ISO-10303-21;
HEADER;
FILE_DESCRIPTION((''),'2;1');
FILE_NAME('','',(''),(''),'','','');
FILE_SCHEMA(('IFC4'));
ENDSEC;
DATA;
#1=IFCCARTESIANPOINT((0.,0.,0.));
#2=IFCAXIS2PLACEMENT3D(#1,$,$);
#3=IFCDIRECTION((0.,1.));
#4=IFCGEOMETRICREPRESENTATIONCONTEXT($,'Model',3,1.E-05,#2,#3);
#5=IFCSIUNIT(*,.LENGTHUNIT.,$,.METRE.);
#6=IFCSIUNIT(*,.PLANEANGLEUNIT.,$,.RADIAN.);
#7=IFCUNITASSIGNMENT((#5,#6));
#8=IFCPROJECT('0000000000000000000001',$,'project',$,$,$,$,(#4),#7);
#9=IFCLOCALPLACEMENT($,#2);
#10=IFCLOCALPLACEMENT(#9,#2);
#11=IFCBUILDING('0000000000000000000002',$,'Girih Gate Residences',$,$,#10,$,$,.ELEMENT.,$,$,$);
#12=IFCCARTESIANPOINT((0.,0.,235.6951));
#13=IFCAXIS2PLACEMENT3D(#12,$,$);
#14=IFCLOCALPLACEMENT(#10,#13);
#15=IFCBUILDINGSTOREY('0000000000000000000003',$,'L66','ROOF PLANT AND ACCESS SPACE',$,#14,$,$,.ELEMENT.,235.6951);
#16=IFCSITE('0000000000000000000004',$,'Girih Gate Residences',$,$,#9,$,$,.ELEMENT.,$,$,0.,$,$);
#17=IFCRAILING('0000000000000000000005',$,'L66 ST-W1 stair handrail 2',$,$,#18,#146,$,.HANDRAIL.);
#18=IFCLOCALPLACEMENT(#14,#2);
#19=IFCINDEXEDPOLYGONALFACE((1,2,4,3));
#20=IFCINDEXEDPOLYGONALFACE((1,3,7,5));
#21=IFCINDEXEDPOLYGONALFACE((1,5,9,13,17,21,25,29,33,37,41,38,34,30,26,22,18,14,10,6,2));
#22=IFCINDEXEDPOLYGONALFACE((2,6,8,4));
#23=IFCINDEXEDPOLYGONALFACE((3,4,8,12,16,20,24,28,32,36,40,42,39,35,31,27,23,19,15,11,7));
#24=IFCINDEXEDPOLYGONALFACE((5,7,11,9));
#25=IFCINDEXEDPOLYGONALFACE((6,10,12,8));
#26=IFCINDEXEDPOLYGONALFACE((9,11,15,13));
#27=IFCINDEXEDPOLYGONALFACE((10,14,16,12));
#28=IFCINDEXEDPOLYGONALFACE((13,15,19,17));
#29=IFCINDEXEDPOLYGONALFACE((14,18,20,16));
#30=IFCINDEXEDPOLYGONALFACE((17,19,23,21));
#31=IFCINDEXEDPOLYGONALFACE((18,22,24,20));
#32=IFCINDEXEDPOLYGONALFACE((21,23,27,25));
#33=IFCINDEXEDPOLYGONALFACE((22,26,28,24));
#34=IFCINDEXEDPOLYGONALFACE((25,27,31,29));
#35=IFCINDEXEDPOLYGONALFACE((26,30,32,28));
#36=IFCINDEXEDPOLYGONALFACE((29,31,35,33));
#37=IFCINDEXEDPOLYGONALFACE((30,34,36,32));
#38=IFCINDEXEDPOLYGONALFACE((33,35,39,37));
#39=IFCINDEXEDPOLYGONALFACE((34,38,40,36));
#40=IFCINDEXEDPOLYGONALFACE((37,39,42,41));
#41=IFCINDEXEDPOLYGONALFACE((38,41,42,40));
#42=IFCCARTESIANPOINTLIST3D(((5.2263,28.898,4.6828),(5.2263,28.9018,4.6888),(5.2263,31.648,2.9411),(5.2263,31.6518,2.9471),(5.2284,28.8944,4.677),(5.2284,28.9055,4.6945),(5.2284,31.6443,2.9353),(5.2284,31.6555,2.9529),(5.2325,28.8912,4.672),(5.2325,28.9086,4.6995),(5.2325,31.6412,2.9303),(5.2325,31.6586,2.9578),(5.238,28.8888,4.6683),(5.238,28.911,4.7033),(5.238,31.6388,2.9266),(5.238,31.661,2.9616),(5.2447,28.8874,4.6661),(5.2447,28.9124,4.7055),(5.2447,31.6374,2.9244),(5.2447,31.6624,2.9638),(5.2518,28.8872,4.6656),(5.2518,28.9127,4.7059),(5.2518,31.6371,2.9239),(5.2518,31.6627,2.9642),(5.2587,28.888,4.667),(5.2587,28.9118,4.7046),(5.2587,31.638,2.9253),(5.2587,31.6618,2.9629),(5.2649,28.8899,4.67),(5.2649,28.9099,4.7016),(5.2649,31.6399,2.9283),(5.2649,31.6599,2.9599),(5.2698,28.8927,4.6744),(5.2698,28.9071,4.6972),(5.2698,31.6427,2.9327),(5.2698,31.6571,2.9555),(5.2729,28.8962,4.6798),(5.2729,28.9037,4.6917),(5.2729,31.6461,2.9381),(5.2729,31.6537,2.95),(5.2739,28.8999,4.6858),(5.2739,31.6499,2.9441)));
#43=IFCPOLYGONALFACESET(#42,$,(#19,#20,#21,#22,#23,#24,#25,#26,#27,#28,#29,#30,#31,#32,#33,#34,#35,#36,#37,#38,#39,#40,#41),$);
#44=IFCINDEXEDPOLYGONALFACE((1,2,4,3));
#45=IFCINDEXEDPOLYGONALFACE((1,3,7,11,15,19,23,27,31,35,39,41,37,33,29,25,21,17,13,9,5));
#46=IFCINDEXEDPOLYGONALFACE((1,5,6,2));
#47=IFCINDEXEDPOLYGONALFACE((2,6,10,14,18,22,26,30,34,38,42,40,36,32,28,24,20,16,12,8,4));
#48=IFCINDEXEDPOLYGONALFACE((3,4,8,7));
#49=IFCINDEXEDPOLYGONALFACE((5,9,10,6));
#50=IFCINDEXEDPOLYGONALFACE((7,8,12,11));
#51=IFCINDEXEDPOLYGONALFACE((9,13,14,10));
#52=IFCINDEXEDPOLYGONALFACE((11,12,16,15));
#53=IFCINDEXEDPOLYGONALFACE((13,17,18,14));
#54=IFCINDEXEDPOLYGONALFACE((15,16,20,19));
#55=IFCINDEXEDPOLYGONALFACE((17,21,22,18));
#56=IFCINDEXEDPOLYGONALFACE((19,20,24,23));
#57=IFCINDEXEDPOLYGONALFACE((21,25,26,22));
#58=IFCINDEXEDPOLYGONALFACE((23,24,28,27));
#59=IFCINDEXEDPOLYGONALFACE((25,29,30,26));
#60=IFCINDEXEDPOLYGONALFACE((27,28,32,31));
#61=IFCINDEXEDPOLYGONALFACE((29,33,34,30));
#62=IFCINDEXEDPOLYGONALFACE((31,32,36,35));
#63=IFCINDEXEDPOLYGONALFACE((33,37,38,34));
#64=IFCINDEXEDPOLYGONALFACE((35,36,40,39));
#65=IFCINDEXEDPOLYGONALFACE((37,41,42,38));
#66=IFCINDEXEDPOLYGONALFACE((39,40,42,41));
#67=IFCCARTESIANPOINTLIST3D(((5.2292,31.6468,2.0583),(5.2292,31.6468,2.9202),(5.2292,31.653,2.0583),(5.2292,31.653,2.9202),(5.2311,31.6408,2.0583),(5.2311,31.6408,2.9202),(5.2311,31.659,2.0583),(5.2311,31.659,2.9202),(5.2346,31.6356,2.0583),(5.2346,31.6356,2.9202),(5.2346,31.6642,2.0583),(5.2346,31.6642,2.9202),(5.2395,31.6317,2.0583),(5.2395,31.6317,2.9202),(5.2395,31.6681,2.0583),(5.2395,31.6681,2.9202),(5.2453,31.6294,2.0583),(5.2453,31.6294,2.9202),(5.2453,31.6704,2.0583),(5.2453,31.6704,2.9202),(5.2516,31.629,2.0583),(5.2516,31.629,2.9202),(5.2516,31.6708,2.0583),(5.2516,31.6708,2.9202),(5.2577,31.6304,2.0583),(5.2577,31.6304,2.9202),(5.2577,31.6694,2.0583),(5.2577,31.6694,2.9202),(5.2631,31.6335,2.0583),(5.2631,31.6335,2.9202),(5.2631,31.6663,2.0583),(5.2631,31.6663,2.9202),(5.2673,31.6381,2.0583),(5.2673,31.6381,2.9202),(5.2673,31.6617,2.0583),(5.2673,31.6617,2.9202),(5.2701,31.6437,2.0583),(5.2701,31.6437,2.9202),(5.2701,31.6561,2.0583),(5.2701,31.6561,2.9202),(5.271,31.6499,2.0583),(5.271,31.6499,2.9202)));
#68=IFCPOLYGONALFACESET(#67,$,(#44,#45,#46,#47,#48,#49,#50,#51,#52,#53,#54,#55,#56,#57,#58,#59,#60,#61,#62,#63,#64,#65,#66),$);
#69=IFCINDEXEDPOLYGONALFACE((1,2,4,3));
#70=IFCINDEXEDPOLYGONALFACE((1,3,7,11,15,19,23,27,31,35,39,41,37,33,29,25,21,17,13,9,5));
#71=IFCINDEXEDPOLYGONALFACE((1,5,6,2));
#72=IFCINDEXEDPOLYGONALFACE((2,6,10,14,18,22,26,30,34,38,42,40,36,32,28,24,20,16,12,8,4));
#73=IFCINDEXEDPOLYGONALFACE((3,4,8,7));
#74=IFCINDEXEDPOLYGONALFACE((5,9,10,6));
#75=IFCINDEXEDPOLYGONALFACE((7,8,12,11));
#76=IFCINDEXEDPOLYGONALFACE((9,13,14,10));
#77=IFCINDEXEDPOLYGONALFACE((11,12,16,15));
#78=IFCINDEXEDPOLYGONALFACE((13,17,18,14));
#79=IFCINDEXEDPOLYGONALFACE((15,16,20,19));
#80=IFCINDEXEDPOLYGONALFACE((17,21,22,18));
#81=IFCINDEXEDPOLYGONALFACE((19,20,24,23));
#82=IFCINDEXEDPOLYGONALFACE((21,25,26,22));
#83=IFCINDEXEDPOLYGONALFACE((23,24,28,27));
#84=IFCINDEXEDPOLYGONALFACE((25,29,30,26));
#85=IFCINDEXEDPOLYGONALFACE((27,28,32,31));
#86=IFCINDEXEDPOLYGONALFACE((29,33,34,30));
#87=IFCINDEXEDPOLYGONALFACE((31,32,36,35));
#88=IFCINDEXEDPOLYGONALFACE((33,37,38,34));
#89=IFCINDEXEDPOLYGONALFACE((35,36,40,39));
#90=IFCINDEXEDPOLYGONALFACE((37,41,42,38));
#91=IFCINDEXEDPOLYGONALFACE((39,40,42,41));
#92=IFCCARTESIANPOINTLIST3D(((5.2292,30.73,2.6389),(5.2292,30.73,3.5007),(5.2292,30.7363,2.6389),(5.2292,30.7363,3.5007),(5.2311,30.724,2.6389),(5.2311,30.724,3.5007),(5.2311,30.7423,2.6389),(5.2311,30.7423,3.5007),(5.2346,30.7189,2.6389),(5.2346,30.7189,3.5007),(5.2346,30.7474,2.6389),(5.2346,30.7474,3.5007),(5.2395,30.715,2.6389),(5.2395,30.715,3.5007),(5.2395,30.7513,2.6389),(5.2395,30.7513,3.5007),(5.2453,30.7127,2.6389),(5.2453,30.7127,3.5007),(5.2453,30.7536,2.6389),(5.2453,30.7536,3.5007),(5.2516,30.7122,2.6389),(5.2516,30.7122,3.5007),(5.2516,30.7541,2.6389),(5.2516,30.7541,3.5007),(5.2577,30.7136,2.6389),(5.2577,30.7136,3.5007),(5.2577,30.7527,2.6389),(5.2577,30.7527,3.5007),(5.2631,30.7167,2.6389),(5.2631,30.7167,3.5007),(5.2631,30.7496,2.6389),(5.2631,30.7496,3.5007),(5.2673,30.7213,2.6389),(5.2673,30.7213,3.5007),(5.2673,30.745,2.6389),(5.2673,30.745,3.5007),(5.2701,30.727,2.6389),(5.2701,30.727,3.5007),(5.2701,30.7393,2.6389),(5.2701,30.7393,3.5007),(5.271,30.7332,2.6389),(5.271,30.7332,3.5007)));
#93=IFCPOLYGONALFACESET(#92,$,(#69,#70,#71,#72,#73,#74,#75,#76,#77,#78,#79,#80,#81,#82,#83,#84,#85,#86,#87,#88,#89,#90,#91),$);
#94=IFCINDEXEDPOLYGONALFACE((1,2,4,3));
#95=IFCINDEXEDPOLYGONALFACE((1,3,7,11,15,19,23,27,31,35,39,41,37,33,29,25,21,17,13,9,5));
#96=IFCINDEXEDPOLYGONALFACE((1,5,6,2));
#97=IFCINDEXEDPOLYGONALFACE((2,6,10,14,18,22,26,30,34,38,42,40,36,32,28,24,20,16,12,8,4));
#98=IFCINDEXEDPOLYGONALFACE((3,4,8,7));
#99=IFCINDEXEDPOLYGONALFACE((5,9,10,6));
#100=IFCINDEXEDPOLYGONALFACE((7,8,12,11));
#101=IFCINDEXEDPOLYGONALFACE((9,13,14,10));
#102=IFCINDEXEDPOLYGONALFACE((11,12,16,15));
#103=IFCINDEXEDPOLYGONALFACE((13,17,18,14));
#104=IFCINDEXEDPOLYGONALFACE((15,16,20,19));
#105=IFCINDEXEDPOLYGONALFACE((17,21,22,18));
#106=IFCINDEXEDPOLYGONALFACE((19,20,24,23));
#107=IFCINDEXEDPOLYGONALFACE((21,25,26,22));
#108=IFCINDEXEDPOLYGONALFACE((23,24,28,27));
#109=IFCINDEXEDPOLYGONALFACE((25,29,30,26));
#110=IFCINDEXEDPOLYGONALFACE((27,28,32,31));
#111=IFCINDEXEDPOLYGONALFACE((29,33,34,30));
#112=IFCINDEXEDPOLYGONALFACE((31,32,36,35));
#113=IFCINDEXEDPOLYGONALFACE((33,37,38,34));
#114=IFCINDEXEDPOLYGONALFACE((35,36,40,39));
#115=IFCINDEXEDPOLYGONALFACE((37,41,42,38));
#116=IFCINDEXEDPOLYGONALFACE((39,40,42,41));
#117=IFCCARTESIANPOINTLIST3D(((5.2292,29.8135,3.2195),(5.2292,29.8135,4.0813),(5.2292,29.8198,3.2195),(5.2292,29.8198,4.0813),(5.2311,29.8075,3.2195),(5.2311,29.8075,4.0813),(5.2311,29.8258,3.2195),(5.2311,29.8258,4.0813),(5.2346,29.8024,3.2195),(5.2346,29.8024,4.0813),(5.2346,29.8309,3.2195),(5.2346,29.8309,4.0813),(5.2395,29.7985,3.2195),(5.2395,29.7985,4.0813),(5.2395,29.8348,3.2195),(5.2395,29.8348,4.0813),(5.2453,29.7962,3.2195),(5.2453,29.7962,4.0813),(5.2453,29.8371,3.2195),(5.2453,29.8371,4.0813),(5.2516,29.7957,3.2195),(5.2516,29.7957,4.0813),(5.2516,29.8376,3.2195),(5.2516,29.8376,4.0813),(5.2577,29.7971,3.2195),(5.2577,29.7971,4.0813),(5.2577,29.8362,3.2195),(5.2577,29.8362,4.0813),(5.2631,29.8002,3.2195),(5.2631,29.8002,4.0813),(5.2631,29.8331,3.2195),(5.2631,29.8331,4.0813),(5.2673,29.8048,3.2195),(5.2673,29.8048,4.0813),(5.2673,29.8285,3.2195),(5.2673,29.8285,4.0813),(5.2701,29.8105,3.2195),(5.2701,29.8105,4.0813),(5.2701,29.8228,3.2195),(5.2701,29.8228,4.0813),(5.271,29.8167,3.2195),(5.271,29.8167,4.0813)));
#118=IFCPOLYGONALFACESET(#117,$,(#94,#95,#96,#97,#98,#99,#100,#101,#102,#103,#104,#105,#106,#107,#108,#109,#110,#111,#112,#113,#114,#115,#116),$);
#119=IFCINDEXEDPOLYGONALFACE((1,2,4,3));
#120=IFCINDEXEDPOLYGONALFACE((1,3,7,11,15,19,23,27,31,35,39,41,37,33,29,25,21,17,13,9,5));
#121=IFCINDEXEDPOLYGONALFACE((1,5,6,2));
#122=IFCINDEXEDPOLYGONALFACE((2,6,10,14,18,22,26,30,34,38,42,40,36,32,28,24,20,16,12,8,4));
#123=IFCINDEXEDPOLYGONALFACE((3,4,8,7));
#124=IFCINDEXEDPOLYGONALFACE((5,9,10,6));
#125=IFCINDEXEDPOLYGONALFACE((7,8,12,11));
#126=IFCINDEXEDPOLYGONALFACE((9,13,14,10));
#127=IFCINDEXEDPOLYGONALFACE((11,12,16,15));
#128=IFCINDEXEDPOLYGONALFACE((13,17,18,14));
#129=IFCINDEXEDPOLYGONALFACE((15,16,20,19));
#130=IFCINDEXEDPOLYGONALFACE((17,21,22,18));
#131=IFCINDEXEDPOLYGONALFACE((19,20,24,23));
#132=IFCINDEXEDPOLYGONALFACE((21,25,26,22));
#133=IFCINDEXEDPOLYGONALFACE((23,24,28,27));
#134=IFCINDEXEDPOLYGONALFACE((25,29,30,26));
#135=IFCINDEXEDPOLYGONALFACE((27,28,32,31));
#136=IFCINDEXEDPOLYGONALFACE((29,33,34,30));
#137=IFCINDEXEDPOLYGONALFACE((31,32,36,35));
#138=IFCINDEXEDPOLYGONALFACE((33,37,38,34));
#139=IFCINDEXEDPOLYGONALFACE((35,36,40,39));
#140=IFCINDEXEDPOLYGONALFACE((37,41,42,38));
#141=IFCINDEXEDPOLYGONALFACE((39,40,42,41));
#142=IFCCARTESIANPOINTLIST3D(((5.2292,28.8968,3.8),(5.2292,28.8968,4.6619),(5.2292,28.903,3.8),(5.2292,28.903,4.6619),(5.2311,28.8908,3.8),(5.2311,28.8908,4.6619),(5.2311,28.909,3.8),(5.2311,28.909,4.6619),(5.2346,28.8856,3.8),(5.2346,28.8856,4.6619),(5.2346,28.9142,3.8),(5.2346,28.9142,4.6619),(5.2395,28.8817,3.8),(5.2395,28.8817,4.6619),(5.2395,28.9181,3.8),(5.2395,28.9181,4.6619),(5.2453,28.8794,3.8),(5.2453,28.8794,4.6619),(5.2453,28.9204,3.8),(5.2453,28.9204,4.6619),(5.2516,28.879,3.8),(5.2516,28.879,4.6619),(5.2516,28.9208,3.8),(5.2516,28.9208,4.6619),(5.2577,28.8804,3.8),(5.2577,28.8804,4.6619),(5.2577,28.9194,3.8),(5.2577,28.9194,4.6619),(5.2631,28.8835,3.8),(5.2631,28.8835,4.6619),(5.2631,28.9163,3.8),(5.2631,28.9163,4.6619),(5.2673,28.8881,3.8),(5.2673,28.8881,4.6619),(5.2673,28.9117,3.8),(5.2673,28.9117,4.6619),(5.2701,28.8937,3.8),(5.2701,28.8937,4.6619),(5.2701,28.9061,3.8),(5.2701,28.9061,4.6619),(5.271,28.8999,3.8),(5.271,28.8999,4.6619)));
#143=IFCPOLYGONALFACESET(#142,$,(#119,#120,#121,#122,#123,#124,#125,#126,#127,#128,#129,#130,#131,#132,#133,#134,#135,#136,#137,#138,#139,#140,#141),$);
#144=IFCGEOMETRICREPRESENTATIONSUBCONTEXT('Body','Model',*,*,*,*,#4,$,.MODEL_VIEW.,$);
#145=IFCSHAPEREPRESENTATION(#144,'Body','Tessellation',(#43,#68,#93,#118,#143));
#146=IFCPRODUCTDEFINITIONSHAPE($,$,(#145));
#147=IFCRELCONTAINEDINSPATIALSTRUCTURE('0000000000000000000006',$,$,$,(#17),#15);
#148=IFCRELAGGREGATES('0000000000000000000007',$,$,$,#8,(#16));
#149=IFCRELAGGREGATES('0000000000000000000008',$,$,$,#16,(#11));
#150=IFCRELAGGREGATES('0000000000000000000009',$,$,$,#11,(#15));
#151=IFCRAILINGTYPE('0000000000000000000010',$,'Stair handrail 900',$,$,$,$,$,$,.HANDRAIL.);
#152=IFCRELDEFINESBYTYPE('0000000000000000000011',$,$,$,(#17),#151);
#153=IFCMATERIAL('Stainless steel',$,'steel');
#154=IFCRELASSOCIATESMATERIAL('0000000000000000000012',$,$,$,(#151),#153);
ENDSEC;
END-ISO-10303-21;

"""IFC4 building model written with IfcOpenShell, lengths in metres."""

from ifc_helpers import new_model, si_unit, direction, frame, origin, origin_2d, place, context, subcontext, project, spatial, circle, extrude, material, type_object, element, save


model = new_model("IFC4")

# Units and contexts
model_context = context("Model", 3, precision=1e-05, world=origin(), true_north=direction((0.0, 1.0)))
body_context = subcontext(model_context, "Body", "Model", "MODEL_VIEW")
ifc_project = project(units=[si_unit("LENGTHUNIT", "METRE"), si_unit("PLANEANGLEUNIT", "RADIAN")], contexts=[model_context])

# Site, building, storey
site_placement = place(None, origin())
site = spatial("IfcSite", under=ifc_project, at=site_placement, Name="Girih Gate Residences", CompositionType="ELEMENT", RefElevation=0.0)
building_placement = place(site_placement, origin())
building = spatial("IfcBuilding", under=site, at=building_placement, Name="Girih Gate Residences", CompositionType="ELEMENT")
storey_placement = place(building_placement, frame((0.0, 0.0, 235.6951)))
storey = spatial("IfcBuildingStorey", under=building, at=storey_placement, Name="L66", Description="ROOF PLANT AND ACCESS SPACE", CompositionType="ELEMENT", Elevation=235.6951)

# Shared definitions
ifc_material_1 = material(Name="Stainless steel", Category="steel")

# Railing
railing_type_1 = type_object("IfcRailingType", Name="Stair handrail 900", PredefinedType="HANDRAIL", material=ifc_material_1)
for number, where, name in (
    (1, (5.25, 31.6499, 2.0583), "L66 ST-W1 stair handrail 2"),
):
    element("IfcRailing", number, at=place(storey_placement, frame(where)), inside=storey, type_object=railing_type_1, Name=name, PredefinedType="HANDRAIL", context=body_context, shape_type="SweptSolid", body=[
        extrude(circle(Radius=0.0239, at=origin_2d()), frame((0.0, 0.0, 0.8857), z_axis=(0.0, -0.844815, 0.535059), x_axis=(1.0, 0.0, 0.0)), (0.0, 0.0, 1.0), 3.2551),
        extrude(circle(Radius=0.021, at=origin_2d()), origin(), (0.0, 0.0, 1.0), 0.8618),
        extrude(circle(Radius=0.021, at=origin_2d()), frame((0.0, -0.9167, 0.5806)), (0.0, 0.0, 1.0), 0.8618),
        extrude(circle(Radius=0.021, at=origin_2d()), frame((0.0, -1.8333, 1.1611)), (0.0, 0.0, 1.0), 0.8618),
        extrude(circle(Radius=0.021, at=origin_2d()), frame((0.0, -2.75, 1.7417)), (0.0, 0.0, 1.0), 0.8618),
    ])

save(model, "model.ifc")
